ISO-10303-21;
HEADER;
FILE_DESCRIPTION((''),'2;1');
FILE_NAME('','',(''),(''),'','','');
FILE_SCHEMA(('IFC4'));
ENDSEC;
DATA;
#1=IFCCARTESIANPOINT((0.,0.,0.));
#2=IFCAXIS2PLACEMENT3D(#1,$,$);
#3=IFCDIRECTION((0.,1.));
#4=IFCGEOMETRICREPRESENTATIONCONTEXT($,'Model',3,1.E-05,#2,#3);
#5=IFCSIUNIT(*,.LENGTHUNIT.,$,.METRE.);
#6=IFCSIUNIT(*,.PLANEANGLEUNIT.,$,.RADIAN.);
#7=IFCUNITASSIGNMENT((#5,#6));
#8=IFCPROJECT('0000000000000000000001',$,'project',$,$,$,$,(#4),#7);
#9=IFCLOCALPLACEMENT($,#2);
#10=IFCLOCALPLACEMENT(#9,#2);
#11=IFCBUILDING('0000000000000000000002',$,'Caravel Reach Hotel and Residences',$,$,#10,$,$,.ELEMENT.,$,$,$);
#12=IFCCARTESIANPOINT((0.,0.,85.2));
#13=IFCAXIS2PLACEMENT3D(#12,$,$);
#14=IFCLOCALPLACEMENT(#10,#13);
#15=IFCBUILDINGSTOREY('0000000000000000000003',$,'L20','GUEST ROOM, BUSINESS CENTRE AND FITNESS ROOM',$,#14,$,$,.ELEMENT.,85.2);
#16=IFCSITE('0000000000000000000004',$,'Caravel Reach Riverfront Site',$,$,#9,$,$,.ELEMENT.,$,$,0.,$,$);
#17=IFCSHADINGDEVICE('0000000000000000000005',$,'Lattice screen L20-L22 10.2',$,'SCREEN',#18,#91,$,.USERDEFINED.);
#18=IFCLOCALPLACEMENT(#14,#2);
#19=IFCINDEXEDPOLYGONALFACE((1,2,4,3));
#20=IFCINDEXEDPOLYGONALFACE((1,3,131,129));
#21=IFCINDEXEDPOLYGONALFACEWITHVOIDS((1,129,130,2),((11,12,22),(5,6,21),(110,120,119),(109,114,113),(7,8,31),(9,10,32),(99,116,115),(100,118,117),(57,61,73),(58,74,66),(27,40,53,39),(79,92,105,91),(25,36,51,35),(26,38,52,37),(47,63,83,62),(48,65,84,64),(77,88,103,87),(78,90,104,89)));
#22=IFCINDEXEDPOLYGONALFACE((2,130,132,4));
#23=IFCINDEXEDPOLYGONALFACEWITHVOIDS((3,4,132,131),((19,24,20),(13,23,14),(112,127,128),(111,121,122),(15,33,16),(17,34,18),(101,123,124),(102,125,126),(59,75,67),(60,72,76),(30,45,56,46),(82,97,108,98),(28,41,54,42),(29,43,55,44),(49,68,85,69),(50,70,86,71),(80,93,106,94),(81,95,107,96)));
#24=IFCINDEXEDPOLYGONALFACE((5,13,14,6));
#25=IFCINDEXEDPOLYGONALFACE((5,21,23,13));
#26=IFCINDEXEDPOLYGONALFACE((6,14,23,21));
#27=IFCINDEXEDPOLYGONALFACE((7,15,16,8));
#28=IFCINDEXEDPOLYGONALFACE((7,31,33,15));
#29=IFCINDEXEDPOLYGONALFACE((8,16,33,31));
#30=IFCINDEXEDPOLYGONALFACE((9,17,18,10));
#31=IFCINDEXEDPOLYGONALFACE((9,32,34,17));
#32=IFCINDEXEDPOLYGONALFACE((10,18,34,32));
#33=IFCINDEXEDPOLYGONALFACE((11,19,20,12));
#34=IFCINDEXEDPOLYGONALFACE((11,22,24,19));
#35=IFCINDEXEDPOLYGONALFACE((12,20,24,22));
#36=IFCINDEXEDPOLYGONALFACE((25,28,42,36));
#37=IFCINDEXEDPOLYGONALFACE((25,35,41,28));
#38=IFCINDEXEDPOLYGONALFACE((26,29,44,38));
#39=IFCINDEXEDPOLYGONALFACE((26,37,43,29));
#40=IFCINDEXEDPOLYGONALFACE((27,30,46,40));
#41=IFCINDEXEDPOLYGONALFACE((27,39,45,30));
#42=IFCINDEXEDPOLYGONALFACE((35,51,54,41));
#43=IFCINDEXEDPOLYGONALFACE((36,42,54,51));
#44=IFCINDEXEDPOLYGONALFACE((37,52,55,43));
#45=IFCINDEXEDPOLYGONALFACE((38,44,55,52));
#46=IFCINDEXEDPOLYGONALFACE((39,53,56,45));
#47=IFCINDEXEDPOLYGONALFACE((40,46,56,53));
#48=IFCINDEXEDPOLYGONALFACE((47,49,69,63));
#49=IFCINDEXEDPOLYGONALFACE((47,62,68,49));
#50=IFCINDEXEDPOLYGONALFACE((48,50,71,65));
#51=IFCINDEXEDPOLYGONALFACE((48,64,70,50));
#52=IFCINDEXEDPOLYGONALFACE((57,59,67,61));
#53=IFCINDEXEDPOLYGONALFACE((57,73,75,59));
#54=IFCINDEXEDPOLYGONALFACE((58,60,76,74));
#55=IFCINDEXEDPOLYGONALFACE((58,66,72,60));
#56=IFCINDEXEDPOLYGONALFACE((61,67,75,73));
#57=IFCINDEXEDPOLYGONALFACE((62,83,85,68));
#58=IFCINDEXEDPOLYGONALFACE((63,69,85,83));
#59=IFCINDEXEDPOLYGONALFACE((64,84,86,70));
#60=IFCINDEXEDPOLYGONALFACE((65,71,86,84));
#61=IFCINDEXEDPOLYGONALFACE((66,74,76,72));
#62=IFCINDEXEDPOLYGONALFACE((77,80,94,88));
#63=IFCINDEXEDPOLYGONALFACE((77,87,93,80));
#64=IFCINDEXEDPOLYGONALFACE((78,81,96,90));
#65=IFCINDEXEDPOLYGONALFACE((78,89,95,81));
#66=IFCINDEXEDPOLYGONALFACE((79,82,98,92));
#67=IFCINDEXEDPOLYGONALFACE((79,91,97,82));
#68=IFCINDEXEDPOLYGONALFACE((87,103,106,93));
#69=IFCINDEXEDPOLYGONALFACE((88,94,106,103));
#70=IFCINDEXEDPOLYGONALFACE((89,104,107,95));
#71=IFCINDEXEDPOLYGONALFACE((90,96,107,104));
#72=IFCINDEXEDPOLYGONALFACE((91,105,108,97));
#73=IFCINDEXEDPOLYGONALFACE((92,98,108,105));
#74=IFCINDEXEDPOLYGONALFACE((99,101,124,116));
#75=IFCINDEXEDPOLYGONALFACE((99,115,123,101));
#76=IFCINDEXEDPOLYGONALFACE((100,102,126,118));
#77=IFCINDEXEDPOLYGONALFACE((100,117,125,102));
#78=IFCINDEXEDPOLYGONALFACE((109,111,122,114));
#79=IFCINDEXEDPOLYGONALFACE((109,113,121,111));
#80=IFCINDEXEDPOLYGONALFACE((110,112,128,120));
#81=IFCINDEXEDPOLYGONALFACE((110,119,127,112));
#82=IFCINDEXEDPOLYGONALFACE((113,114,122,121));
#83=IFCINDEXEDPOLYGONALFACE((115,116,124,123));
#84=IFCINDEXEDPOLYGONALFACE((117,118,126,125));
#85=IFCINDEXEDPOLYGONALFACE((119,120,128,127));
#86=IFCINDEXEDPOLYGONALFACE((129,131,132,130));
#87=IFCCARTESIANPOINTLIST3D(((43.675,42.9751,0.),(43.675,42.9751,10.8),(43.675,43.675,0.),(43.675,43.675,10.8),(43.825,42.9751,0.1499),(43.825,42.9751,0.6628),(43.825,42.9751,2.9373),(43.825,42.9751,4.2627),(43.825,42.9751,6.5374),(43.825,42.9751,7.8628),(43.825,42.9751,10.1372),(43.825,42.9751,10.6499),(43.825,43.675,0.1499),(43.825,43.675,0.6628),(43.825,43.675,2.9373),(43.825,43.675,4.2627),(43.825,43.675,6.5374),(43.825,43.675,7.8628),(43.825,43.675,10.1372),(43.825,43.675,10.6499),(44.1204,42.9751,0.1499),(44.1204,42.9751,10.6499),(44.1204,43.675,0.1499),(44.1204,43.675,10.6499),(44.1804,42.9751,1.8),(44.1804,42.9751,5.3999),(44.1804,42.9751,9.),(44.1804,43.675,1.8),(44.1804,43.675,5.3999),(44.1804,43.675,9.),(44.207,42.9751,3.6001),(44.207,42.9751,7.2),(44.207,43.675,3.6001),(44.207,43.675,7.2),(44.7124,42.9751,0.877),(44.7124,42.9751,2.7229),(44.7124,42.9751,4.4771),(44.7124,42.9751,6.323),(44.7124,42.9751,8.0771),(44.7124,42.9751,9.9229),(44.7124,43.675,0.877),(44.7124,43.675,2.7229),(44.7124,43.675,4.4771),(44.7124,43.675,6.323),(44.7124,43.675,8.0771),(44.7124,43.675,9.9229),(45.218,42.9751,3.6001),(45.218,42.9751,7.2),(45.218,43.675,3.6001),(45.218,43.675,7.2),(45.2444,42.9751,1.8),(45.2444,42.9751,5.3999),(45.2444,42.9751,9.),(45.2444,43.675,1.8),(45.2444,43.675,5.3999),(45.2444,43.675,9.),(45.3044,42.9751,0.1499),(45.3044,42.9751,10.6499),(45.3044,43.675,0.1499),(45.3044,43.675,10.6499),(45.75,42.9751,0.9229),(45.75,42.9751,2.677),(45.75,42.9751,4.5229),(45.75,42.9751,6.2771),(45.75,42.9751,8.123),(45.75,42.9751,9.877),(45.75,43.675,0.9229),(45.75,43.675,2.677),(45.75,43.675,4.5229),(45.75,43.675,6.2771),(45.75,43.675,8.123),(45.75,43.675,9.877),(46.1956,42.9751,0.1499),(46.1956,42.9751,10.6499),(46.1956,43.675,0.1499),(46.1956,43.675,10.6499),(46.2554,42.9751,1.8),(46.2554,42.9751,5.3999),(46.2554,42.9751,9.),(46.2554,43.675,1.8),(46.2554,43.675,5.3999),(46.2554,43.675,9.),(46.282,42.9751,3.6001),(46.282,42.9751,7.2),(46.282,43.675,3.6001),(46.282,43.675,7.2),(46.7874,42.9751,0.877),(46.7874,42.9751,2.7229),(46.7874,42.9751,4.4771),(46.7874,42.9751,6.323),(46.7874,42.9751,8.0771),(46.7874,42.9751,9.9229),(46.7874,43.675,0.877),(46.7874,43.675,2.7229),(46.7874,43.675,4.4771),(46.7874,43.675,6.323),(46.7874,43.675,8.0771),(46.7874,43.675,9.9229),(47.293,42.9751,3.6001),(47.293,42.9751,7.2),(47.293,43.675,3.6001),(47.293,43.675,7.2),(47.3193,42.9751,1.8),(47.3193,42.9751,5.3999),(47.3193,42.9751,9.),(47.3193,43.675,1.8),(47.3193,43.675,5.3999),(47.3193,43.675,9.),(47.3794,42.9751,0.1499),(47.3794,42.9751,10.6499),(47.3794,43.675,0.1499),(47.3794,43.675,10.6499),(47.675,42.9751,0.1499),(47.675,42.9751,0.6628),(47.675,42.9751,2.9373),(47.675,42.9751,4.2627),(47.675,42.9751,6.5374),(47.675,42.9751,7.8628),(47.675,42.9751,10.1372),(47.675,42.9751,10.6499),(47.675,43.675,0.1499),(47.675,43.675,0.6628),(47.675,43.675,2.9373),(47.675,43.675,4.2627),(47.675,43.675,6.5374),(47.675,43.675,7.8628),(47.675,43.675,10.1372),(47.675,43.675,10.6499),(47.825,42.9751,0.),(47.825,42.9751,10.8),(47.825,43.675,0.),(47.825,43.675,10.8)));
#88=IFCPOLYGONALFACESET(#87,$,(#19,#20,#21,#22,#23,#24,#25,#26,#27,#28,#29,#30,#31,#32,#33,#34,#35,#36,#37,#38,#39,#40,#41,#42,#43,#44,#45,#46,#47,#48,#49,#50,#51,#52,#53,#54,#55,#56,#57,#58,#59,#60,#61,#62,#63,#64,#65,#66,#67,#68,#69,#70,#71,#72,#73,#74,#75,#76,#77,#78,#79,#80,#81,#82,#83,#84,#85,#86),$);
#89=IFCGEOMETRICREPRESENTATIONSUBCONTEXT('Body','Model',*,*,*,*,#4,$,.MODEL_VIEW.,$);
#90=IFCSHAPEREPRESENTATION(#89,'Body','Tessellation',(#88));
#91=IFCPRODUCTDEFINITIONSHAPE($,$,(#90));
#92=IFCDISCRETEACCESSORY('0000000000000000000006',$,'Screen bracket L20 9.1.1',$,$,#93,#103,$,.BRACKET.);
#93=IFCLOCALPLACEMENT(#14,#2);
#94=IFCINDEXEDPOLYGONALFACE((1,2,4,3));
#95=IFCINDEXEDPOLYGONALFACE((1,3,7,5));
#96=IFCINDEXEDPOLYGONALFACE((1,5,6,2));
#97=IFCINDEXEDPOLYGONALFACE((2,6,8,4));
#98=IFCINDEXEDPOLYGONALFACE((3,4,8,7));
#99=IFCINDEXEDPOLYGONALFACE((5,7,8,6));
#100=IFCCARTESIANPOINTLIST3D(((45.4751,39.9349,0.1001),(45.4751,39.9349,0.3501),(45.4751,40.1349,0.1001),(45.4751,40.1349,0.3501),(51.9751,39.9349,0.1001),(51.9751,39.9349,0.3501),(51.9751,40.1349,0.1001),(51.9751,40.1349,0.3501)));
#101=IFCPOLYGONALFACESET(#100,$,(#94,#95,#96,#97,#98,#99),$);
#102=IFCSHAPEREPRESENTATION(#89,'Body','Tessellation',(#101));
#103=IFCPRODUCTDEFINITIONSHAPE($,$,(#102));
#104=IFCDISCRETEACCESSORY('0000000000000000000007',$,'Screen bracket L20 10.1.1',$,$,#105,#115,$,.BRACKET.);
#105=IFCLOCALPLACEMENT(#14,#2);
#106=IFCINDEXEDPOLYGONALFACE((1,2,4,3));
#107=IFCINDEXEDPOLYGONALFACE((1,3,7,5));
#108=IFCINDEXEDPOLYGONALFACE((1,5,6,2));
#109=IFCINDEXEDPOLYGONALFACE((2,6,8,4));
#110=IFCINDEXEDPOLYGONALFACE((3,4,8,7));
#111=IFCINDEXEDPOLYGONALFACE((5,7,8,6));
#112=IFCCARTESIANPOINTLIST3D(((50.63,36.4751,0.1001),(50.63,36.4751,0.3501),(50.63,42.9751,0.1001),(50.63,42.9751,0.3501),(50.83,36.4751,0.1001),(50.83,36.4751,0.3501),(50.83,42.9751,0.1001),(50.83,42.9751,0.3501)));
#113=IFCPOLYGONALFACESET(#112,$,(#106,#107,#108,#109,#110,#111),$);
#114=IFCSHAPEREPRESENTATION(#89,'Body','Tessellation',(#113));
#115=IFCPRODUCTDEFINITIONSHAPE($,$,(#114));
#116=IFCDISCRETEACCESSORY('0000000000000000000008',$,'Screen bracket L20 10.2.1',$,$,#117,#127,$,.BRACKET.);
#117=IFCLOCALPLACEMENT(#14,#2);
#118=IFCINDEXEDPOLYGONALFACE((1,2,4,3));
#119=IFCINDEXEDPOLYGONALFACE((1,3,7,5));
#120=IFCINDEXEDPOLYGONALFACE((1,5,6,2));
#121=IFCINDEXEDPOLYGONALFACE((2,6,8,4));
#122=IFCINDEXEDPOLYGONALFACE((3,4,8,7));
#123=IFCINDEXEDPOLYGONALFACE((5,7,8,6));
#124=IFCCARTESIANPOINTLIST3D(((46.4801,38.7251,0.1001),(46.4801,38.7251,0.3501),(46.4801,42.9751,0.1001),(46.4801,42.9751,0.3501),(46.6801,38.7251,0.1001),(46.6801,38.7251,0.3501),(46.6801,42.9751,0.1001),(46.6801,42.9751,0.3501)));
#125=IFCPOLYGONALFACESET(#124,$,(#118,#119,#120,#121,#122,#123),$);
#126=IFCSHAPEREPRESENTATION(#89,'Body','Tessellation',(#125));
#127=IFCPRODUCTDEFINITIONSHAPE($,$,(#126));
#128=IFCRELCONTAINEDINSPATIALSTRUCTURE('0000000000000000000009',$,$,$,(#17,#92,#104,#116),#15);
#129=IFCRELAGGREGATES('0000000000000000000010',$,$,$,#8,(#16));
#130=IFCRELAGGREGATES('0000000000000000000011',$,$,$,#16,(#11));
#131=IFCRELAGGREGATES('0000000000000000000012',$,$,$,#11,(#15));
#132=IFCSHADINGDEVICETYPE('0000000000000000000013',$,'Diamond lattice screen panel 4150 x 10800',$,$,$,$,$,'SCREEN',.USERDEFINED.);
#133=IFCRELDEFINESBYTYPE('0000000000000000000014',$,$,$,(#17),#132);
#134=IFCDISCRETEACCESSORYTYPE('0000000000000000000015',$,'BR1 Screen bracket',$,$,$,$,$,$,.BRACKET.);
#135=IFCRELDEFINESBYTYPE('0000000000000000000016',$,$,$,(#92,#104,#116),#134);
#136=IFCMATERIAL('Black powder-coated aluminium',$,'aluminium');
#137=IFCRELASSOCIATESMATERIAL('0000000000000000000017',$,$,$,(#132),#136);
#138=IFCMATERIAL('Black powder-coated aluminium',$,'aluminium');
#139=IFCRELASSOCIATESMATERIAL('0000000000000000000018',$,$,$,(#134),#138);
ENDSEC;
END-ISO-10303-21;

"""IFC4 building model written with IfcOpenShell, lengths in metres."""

from ifc_helpers import new_model, si_unit, direction, frame, origin, origin_2d, place, context, subcontext, project, spatial, polyline, rectangle, outline, extrude, material, type_object, element, save


model = new_model("IFC4")

# Units and contexts
model_context = context("Model", 3, precision=1e-05, world=origin(), true_north=direction((0.0, 1.0)))
body_context = subcontext(model_context, "Body", "Model", "MODEL_VIEW")
ifc_project = project(units=[si_unit("LENGTHUNIT", "METRE"), si_unit("PLANEANGLEUNIT", "RADIAN")], contexts=[model_context])

# Site, building, storey
site_placement = place(None, origin())
site = spatial("IfcSite", under=ifc_project, at=site_placement, Name="Caravel Reach Riverfront Site", CompositionType="ELEMENT", RefElevation=0.0)
building_placement = place(site_placement, origin())
building = spatial("IfcBuilding", under=site, at=building_placement, Name="Caravel Reach Hotel and Residences", CompositionType="ELEMENT")
storey_placement = place(building_placement, frame((0.0, 0.0, 85.2)))
storey = spatial("IfcBuildingStorey", under=building, at=storey_placement, Name="L20", Description="GUEST ROOM, BUSINESS CENTRE AND FITNESS ROOM", CompositionType="ELEMENT", Elevation=85.2)

# Shading device
ifc_material_1 = material(Name="Black powder-coated aluminium", Category="aluminium")
shading_device_type_1 = type_object("IfcShadingDeviceType", Name="Diamond lattice screen panel 4150 x 10800", ElementType="SCREEN", PredefinedType="USERDEFINED", material=ifc_material_1)
shading_device_1_placement = place(storey_placement, frame((47.825, 42.9751, 0.0), z_axis=(0.0, 1.0, 0.0), x_axis=(-1.0, 0.0, 0.0)))
element("IfcShadingDevice", 1, at=shading_device_1_placement, inside=storey, type_object=shading_device_type_1, Name="Lattice screen L20-L22 10.2", ObjectType="SCREEN", PredefinedType="USERDEFINED", context=body_context, shape_type="SweptSolid", body=[
    extrude(outline(polyline([(0.0, 0.0), (4.1499, 0.0), (4.1499, 10.8), (0.0, 10.8), (0.0, 0.0)]), holes=[polyline([(0.4456, 0.1499), (0.1499, 0.6628), (0.1499, 0.1499), (0.4456, 0.1499)]), polyline([(0.532, 3.6001), (0.1499, 4.2627), (0.1499, 2.9373), (0.532, 3.6001)]), polyline([(0.532, 7.2), (0.1499, 7.8628), (0.1499, 6.5374), (0.532, 7.2)]), polyline([(0.1499, 10.1372), (0.4456, 10.6499), (0.1499, 10.6499), (0.1499, 10.1372)]), polyline([(1.0376, 2.7229), (0.5056, 1.8), (1.0376, 0.877), (1.5696, 1.8), (1.0376, 2.7229)]), polyline([(1.0376, 6.323), (0.5056, 5.3999), (1.0376, 4.4771), (1.5696, 5.3999), (1.0376, 6.323)]), polyline([(1.0376, 9.9229), (0.5056, 9.0), (1.0376, 8.0771), (1.5696, 9.0), (1.0376, 9.9229)]), polyline([(2.075, 0.9229), (1.6294, 0.1499), (2.5205, 0.1499), (2.075, 0.9229)]), polyline([(2.075, 4.5229), (1.543, 3.6001), (2.075, 2.677), (2.6069, 3.6001), (2.075, 4.5229)]), polyline([(2.075, 8.123), (1.543, 7.2), (2.075, 6.2771), (2.6069, 7.2), (2.075, 8.123)]), polyline([(2.075, 9.877), (2.5205, 10.6499), (1.6294, 10.6499), (2.075, 9.877)]), polyline([(3.1125, 2.7229), (2.5806, 1.8), (3.1125, 0.877), (3.6445, 1.8), (3.1125, 2.7229)]), polyline([(3.1125, 6.323), (2.5806, 5.3999), (3.1125, 4.4771), (3.6445, 5.3999), (3.1125, 6.323)]), polyline([(3.1125, 9.9229), (2.5806, 9.0), (3.1125, 8.0771), (3.6445, 9.0), (3.1125, 9.9229)]), polyline([(4.0, 0.6628), (3.7046, 0.1499), (4.0, 0.1499), (4.0, 0.6628)]), polyline([(3.6179, 3.6001), (4.0, 2.9373), (4.0, 4.2627), (3.6179, 3.6001)]), polyline([(3.6179, 7.2), (4.0, 6.5374), (4.0, 7.8628), (3.6179, 7.2)]), polyline([(3.7046, 10.6499), (4.0, 10.1372), (4.0, 10.6499), (3.7046, 10.6499)])]), origin(), (0.0, 0.0, 1.0), 0.7),
])

# Discrete accessories
ifc_material_2 = material(Name="Black powder-coated aluminium", Category="aluminium")
discrete_accessory_type = type_object("IfcDiscreteAccessoryType", Name="BR1 Screen bracket", PredefinedType="BRACKET", material=ifc_material_2)
for number, where, z_axis, x_axis, name in (
    (2, (48.7251, 40.0349, 0.1001), (0.0, 0.0, 1.0), (1.0, 0.0, 0.0), "Screen bracket L20 9.1.1"),
    (3, (50.73, 39.7251, 0.1001), (0.0, 0.0, 1.0), (0.0, 1.0, 0.0), "Screen bracket L20 10.1.1"),
):
    element("IfcDiscreteAccessory", number, at=place(storey_placement, frame(where, z_axis=z_axis, x_axis=x_axis)), inside=storey, type_object=discrete_accessory_type, Name=name, PredefinedType="BRACKET", context=body_context, shape_type="SweptSolid", body=[
        extrude(rectangle(XDim=6.5, YDim=0.2, at=origin_2d()), origin(), (0.0, 0.0, 1.0), 0.25),
    ])
discrete_accessory_placement = place(storey_placement, frame((46.5801, 40.8501, 0.1001), z_axis=(0.0, 0.0, 1.0), x_axis=(0.0, 1.0, 0.0)))
element("IfcDiscreteAccessory", 4, at=discrete_accessory_placement, inside=storey, type_object=discrete_accessory_type, Name="Screen bracket L20 10.2.1", PredefinedType="BRACKET", context=body_context, shape_type="SweptSolid", body=[
    extrude(rectangle(XDim=4.25, YDim=0.2, at=origin_2d()), origin(), (0.0, 0.0, 1.0), 0.25),
])

save(model, "model.ifc")
